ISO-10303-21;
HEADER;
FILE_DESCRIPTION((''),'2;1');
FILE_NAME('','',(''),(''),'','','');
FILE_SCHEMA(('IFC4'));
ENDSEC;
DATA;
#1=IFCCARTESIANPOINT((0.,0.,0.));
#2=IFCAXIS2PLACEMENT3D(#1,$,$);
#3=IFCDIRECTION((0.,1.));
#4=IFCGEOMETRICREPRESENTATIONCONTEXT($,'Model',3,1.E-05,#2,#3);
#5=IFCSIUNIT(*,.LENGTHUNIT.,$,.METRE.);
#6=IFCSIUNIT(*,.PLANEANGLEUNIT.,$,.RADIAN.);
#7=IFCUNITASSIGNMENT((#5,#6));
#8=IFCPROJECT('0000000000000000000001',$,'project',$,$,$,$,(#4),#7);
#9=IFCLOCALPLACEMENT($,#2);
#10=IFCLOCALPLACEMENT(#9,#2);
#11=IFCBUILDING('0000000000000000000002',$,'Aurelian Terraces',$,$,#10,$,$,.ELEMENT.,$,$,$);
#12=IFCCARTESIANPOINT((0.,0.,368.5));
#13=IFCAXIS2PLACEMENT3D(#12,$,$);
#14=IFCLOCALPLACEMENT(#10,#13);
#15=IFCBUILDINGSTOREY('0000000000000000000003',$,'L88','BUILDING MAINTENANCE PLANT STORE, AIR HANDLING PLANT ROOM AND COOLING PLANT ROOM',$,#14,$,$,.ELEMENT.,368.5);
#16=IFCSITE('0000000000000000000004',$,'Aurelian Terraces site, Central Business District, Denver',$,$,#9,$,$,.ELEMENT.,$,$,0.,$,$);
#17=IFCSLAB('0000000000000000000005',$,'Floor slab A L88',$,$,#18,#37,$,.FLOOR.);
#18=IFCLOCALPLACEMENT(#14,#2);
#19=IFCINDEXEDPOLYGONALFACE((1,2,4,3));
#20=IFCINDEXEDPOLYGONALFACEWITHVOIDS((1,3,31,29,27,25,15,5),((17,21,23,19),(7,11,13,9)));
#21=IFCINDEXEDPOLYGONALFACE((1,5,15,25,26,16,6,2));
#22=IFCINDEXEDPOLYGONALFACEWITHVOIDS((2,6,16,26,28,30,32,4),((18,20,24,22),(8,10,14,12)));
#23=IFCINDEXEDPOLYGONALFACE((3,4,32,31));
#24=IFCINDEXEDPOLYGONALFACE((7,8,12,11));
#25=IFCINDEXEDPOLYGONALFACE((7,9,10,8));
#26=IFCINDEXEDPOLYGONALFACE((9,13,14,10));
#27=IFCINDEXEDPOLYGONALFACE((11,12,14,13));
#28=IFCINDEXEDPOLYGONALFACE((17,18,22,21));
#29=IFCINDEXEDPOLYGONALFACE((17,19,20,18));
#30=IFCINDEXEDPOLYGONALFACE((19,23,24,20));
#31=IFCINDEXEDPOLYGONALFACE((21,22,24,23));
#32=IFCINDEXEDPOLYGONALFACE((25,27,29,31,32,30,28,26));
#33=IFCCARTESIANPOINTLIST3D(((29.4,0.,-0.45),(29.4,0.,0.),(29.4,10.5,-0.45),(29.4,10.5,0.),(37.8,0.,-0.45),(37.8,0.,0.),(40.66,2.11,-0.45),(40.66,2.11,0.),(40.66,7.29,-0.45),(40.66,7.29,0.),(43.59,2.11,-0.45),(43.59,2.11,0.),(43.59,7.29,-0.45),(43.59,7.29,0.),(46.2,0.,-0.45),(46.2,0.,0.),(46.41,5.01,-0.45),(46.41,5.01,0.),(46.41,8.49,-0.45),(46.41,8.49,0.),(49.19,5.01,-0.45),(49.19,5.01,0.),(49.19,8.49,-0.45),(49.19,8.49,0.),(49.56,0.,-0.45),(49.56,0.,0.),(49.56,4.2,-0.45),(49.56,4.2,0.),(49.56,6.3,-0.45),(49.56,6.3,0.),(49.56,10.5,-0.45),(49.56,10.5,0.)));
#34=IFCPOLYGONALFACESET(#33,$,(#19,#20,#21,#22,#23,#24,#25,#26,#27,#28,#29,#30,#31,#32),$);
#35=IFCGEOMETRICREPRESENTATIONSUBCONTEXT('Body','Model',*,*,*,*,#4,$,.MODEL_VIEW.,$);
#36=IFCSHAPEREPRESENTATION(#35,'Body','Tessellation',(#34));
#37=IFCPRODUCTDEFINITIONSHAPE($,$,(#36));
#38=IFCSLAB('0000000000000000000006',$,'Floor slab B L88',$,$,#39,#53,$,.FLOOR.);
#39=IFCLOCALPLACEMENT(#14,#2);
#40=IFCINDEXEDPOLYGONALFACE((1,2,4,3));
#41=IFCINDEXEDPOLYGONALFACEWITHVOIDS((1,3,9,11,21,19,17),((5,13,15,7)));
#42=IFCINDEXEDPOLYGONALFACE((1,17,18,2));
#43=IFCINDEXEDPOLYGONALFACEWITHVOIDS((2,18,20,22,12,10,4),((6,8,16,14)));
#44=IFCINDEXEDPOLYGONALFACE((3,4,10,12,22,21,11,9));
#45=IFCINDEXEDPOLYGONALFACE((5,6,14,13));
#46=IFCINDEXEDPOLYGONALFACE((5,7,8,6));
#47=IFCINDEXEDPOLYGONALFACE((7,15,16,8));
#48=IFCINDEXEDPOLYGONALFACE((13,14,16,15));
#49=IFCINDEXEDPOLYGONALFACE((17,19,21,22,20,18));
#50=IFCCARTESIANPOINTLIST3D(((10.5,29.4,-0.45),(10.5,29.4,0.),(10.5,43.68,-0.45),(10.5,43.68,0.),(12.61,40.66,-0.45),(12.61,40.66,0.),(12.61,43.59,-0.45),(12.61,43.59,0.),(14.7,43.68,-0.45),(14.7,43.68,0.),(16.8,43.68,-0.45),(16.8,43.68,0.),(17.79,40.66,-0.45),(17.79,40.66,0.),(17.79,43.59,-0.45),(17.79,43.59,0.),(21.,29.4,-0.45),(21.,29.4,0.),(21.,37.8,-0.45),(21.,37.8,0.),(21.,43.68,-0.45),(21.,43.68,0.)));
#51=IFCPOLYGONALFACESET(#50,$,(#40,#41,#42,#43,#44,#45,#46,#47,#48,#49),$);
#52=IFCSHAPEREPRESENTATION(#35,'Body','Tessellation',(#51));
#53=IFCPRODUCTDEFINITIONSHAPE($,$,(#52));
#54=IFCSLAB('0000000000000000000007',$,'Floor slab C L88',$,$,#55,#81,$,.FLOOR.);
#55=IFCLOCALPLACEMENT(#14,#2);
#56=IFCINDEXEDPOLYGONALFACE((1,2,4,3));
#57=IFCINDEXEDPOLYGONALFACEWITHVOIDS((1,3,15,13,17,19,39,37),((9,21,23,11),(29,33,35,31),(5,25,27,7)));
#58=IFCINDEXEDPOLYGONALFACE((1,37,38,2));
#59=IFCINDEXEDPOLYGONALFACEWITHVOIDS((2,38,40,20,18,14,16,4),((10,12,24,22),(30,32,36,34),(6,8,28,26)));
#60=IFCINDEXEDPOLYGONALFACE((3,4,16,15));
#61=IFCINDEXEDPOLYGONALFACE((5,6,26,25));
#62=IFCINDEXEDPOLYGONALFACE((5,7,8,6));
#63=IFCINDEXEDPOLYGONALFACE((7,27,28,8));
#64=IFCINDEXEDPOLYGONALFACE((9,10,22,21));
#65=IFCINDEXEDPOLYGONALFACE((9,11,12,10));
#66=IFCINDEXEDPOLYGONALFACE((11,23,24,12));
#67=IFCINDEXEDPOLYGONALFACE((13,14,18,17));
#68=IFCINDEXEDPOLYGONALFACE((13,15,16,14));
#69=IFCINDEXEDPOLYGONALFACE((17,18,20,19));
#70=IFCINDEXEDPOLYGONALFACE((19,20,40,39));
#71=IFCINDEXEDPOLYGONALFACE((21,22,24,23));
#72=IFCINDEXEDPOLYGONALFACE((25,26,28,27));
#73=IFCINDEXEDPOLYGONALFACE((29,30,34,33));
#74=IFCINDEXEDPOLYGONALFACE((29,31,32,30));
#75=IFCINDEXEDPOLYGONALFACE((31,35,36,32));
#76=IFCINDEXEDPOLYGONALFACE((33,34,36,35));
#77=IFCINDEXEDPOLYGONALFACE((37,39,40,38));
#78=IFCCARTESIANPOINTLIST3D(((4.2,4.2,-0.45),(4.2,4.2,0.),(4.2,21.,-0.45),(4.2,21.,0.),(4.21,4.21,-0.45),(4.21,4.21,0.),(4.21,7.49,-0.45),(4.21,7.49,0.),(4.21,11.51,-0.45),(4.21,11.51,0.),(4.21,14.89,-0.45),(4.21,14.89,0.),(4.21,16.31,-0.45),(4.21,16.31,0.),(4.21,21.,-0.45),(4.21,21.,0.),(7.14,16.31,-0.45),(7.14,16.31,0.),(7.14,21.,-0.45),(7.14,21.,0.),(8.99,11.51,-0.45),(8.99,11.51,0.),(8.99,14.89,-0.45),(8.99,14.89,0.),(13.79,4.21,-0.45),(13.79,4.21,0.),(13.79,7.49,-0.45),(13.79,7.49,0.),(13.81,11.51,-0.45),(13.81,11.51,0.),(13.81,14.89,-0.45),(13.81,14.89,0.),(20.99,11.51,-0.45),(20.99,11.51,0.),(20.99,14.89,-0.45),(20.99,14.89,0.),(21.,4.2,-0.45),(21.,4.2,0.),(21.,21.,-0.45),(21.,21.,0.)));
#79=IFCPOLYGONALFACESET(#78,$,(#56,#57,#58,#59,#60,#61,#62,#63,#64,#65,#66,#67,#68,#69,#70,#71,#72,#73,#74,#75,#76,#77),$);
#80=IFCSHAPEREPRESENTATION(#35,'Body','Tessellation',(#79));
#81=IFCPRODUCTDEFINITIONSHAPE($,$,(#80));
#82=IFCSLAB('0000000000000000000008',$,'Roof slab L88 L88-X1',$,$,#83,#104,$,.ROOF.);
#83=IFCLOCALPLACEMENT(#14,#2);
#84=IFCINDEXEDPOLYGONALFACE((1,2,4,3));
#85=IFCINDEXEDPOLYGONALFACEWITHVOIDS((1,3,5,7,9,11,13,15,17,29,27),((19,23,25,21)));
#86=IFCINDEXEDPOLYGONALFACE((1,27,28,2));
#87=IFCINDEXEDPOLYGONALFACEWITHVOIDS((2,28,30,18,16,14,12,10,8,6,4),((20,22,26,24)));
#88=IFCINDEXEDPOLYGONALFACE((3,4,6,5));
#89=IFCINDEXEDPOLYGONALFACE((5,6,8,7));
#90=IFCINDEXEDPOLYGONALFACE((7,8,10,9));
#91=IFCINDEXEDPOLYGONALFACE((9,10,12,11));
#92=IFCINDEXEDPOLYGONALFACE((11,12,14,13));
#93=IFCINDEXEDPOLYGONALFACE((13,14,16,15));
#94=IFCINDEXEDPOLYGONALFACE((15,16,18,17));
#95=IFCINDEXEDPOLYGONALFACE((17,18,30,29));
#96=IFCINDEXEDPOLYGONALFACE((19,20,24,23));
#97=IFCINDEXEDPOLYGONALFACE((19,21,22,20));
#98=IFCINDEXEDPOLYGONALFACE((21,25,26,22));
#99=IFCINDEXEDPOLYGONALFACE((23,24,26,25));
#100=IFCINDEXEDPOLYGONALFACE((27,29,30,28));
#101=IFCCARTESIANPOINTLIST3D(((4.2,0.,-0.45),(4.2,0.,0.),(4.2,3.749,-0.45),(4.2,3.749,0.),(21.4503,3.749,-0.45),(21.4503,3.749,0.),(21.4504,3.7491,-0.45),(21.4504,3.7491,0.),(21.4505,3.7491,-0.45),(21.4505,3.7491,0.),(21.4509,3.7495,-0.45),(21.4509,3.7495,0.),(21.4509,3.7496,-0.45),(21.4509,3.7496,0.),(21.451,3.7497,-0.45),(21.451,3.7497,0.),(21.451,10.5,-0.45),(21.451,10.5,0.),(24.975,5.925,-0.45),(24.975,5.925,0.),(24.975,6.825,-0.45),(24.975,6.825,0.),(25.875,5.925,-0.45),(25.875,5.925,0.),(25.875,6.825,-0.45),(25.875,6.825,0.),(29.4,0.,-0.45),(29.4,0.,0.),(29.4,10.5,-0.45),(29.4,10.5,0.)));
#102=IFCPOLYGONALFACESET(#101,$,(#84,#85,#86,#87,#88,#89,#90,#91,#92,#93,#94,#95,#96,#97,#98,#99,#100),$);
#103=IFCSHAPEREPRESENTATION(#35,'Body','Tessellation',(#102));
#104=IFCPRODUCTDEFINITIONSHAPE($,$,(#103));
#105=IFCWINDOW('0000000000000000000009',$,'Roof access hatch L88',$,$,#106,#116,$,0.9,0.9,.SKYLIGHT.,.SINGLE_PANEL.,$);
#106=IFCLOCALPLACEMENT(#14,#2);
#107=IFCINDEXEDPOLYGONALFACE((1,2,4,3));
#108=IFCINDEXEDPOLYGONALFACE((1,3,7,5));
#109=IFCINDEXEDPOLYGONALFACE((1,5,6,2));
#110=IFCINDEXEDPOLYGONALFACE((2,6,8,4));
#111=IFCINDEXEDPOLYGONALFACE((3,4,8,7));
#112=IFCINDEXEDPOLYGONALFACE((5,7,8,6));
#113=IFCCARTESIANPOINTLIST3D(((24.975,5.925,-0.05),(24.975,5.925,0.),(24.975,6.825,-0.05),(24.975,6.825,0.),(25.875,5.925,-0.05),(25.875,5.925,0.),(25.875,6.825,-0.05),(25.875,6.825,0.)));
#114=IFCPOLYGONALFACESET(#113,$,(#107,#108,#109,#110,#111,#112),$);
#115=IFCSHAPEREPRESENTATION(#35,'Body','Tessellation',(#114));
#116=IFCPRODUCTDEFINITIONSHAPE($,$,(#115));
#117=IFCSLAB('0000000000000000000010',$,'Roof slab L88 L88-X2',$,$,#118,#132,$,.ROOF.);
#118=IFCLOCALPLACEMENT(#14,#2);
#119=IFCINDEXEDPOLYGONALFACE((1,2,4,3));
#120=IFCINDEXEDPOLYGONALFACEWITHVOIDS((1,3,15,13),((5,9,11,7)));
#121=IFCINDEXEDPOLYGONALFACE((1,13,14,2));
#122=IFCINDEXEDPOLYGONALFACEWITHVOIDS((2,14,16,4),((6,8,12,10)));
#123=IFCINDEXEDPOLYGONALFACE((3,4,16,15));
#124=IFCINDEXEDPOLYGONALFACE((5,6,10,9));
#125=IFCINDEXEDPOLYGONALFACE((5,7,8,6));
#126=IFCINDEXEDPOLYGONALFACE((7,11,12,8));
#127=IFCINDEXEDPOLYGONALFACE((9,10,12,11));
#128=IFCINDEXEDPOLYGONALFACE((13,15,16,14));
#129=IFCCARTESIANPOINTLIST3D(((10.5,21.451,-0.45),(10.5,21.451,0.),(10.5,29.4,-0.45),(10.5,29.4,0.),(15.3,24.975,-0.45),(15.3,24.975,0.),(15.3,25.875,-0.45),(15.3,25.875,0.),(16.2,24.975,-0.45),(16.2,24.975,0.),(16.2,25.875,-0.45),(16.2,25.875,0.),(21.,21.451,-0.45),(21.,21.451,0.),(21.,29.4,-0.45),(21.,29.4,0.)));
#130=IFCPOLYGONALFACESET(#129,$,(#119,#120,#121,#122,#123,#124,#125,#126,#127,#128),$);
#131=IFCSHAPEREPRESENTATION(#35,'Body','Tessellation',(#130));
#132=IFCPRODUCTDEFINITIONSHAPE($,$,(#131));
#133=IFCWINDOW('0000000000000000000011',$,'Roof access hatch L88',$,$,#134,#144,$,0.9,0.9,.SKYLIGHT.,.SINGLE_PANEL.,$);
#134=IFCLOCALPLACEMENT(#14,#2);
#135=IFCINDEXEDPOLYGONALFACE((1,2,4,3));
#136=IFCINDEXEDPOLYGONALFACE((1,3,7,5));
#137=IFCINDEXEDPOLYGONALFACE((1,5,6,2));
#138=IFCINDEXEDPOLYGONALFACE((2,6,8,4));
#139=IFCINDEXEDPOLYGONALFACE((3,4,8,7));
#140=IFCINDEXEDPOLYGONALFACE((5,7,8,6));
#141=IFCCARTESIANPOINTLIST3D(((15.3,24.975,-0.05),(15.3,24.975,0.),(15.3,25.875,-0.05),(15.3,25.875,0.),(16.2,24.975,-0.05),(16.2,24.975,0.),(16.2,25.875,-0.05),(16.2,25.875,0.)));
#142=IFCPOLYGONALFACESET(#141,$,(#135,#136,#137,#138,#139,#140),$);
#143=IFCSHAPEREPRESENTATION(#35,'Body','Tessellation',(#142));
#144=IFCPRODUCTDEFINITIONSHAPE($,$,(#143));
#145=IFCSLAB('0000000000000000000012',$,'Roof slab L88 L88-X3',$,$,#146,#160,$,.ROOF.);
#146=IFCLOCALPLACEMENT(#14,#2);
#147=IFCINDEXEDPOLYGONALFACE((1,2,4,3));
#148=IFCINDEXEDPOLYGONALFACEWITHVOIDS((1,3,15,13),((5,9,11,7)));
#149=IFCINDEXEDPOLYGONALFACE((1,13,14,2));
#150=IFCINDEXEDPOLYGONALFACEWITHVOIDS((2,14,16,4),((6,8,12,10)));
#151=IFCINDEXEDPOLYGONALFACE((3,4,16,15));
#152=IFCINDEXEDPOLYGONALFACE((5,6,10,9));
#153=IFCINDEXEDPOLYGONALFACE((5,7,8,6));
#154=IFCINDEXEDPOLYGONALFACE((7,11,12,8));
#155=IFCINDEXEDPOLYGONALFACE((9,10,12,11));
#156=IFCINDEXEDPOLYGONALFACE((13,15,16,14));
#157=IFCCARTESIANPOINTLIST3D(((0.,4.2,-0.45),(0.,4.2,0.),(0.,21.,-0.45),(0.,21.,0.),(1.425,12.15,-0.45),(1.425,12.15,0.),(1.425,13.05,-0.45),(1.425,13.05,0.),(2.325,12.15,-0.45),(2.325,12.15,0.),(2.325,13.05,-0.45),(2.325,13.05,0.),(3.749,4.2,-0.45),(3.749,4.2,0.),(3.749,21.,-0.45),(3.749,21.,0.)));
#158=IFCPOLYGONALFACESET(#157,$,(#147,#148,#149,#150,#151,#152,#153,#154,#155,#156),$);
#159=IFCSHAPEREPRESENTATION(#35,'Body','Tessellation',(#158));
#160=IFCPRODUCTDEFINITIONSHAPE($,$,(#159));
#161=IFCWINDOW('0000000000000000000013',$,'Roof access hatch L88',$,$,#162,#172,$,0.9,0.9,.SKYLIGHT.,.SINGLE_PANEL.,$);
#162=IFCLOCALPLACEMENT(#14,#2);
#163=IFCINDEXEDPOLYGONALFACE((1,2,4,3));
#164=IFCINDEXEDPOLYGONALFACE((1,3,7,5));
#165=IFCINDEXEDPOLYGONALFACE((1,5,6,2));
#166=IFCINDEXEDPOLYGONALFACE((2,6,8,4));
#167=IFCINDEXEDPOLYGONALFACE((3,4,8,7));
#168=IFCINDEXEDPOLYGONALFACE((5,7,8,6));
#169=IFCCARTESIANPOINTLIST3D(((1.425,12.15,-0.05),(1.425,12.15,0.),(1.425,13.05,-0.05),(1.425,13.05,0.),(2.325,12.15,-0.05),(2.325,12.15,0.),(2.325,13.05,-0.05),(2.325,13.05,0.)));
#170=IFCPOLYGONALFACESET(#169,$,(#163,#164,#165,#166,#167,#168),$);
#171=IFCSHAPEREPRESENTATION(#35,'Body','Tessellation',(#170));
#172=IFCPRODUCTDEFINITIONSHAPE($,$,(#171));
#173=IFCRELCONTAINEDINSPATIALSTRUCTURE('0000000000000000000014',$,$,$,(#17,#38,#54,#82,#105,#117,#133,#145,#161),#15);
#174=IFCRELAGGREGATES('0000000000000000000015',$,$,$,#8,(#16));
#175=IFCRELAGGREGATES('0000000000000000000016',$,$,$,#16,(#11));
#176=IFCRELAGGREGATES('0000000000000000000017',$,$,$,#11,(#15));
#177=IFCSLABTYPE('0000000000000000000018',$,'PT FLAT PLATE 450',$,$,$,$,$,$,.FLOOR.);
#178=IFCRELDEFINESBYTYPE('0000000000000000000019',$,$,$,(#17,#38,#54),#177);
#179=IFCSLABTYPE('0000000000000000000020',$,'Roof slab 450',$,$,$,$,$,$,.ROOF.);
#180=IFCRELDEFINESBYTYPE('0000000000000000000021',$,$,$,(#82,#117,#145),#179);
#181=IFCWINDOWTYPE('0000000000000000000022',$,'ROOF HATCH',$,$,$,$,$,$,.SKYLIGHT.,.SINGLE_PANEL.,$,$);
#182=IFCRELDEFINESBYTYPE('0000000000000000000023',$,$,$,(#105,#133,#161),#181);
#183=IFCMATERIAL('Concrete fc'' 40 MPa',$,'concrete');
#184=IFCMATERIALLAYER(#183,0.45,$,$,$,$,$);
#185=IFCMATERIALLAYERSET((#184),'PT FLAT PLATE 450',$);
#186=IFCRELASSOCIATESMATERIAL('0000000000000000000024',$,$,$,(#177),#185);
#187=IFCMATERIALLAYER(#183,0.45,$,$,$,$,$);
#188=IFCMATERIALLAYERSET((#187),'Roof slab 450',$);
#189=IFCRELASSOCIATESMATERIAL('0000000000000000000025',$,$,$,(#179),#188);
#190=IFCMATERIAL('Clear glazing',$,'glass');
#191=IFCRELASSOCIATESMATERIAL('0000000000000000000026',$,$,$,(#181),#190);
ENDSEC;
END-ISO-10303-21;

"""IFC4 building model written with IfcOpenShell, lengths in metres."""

from ifc_helpers import new_model, si_unit, direction, frame, origin, origin_2d, place, context, subcontext, project, spatial, polyline, rectangle, outline, extrude, source, transform, mapped, material, layer, layer_set, type_object, element, fill, save


model = new_model("IFC4")

# Units and contexts
model_context = context("Model", 3, precision=1e-05, world=origin(), true_north=direction((0.0, 1.0)))
body_context = subcontext(model_context, "Body", "Model", "MODEL_VIEW")
ifc_project = project(units=[si_unit("LENGTHUNIT", "METRE"), si_unit("PLANEANGLEUNIT", "RADIAN")], contexts=[model_context])

# Site, building, storey
site_placement = place(None, origin())
site = spatial("IfcSite", under=ifc_project, at=site_placement, Name="Aurelian Terraces site, Central Business District, Denver", CompositionType="ELEMENT", RefElevation=0.0)
building_placement = place(site_placement, origin())
building = spatial("IfcBuilding", under=site, at=building_placement, Name="Aurelian Terraces", CompositionType="ELEMENT")
storey_placement = place(building_placement, frame((0.0, 0.0, 368.5)))
storey = spatial("IfcBuildingStorey", under=building, at=storey_placement, Name="L88", Description="BUILDING MAINTENANCE PLANT STORE, AIR HANDLING PLANT ROOM AND COOLING PLANT ROOM", CompositionType="ELEMENT", Elevation=368.5)

# Slabs
ifc_material_1 = material(Name="Concrete fc' 40 MPa", Category="concrete")
ifc_layer_1 = layer(ifc_material_1, 0.45)
ifc_layer_set_1 = layer_set([ifc_layer_1], Name="PT FLAT PLATE 450")
slab_type_1 = type_object("IfcSlabType", Name="PT FLAT PLATE 450", PredefinedType="FLOOR", material=ifc_layer_set_1)
slab_1_placement = place(storey_placement, frame((0.0, 0.0, -0.45)))
element("IfcSlab", 1, at=slab_1_placement, inside=storey, type_object=slab_type_1, Name="Floor slab A L88", PredefinedType="FLOOR", context=body_context, shape_type="SweptSolid", body=[
    extrude(outline(polyline([(37.8, 0.0), (29.4, 0.0), (29.4, 10.5), (49.56, 10.5), (49.56, 6.3), (49.56, 4.2), (49.56, 0.0), (46.2, 0.0), (37.8, 0.0)]), holes=[polyline([(49.19, 8.49), (46.41, 8.49), (46.41, 5.01), (49.19, 5.01), (49.19, 8.49)]), polyline([(40.66, 2.11), (43.59, 2.11), (43.59, 7.29), (40.66, 7.29), (40.66, 2.11)])]), origin(), (0.0, 0.0, 1.0), 0.45),
])
slab_2_placement = place(storey_placement, frame((0.0, 0.0, -0.45)))
element("IfcSlab", 2, at=slab_2_placement, inside=storey, type_object=slab_type_1, Name="Floor slab B L88", PredefinedType="FLOOR", context=body_context, shape_type="SweptSolid", body=[
    extrude(outline(polyline([(14.7, 43.68), (16.8, 43.68), (21.0, 43.68), (21.0, 37.8), (21.0, 29.4), (10.5, 29.4), (10.5, 43.68), (14.7, 43.68)]), holes=[polyline([(17.79, 43.59), (12.61, 43.59), (12.61, 40.66), (17.79, 40.66), (17.79, 43.59)])]), origin(), (0.0, 0.0, 1.0), 0.45),
])
slab_3_placement = place(storey_placement, frame((0.0, 0.0, -0.45)))
element("IfcSlab", 3, at=slab_3_placement, inside=storey, type_object=slab_type_1, Name="Floor slab C L88", PredefinedType="FLOOR", context=body_context, shape_type="SweptSolid", body=[
    extrude(outline(polyline([(21.0, 21.0), (21.0, 4.2), (4.2, 4.2), (4.2, 21.0), (4.21, 21.0), (4.21, 16.31), (7.14, 16.31), (7.14, 21.0), (21.0, 21.0)]), holes=[polyline([(20.99, 14.89), (13.81, 14.89), (13.81, 11.51), (20.99, 11.51), (20.99, 14.89)]), polyline([(4.21, 7.49), (4.21, 4.21), (13.79, 4.21), (13.79, 7.49), (4.21, 7.49)]), polyline([(8.99, 11.51), (8.99, 14.89), (4.21, 14.89), (4.21, 11.51), (8.99, 11.51)])]), origin(), (0.0, 0.0, 1.0), 0.45),
])

# Slabs, openings, windows
ifc_layer_2 = layer(ifc_material_1, 0.45)
ifc_layer_set_2 = layer_set([ifc_layer_2], Name="Roof slab 450")
slab_type_2 = type_object("IfcSlabType", Name="Roof slab 450", PredefinedType="ROOF", material=ifc_layer_set_2)
slab_4_placement = place(storey_placement, frame((0.0, 0.0, -0.45)))
slab_4 = element("IfcSlab", 4, at=slab_4_placement, inside=storey, type_object=slab_type_2, Name="Roof slab L88 L88-X1", PredefinedType="ROOF", context=body_context, shape_type="SweptSolid", body=[
    extrude(outline(polyline([(4.2, 3.749), (21.45, 3.749), (21.4501, 3.749), (21.4502, 3.749), (21.4503, 3.749), (21.4504, 3.7491), (21.4505, 3.7491), (21.4506, 3.7492), (21.4506, 3.7492), (21.4507, 3.7493), (21.4508, 3.7494), (21.4508, 3.7494), (21.4509, 3.7495), (21.4509, 3.7496), (21.451, 3.7497), (21.451, 3.7498), (21.451, 3.7499), (21.451, 3.75), (21.451, 10.5), (29.4, 10.5), (29.4, 0.0), (21.0, 0.0), (4.2, 0.0), (4.2, 3.749)])), origin(), (0.0, 0.0, 1.0), 0.45),
])
opening_1_placement = place(slab_4_placement, frame((25.425, 6.375, 0.0)))
opening_1 = element("IfcOpeningElement", 5, at=opening_1_placement, cuts=slab_4, PredefinedType="OPENING", context=body_context, shape_type="SweptSolid", body=[
    extrude(rectangle(XDim=0.9, YDim=0.9, at=origin_2d()), frame((0.0, 0.0, -0.01)), (0.0, 0.0, 1.0), 0.47),
])
ifc_material_2 = material(Name="Clear glazing", Category="glass")
window_type = type_object("IfcWindowType", Name="ROOF HATCH", PartitioningType="SINGLE_PANEL", PredefinedType="SKYLIGHT", material=ifc_material_2)
shared_shape_1 = source(origin(), body_context, "Body", "SweptSolid", [
    extrude(rectangle(XDim=0.9, YDim=0.9, at=origin_2d()), origin(), (0.0, 0.0, 1.0), 0.05),
])
window_1_placement = place(opening_1_placement, frame((0.0, 0.0, 0.4)))
window_1 = element("IfcWindow", 6, at=window_1_placement, inside=storey, type_object=window_type, Name="Roof access hatch L88", OverallHeight=0.9, OverallWidth=0.9, PartitioningType="SINGLE_PANEL", PredefinedType="SKYLIGHT", context=body_context, shape_type="MappedRepresentation", body=[
    mapped(shared_shape_1, transform((0.0, 0.0, 0.0), scale=1.0)),
])
fill(opening_1, window_1)
slab_5_placement = place(storey_placement, frame((0.0, 0.0, -0.45)))
slab_5 = element("IfcSlab", 7, at=slab_5_placement, inside=storey, type_object=slab_type_2, Name="Roof slab L88 L88-X2", PredefinedType="ROOF", context=body_context, shape_type="SweptSolid", body=[
    extrude(outline(polyline([(21.0, 29.4), (21.0, 21.451), (10.5, 21.451), (10.5, 29.4), (21.0, 29.4)])), origin(), (0.0, 0.0, 1.0), 0.45),
])
shared_shape_2 = source(origin(), body_context, "Body", "SweptSolid", [
    extrude(rectangle(XDim=0.9, YDim=0.9, at=origin_2d()), frame((0.0, 0.0, -0.01)), (0.0, 0.0, 1.0), 0.47),
])
opening_2_placement = place(slab_5_placement, frame((15.75, 25.425, 0.0)))
opening_2 = element("IfcOpeningElement", 8, at=opening_2_placement, cuts=slab_5, PredefinedType="OPENING", context=body_context, shape_type="MappedRepresentation", body=[
    mapped(shared_shape_2, transform((0.0, 0.0, 0.0), scale=1.0)),
])
window_2_placement = place(opening_2_placement, frame((0.0, 0.0, 0.4)))
window_2 = element("IfcWindow", 9, at=window_2_placement, inside=storey, type_object=window_type, Name="Roof access hatch L88", OverallHeight=0.9, OverallWidth=0.9, PartitioningType="SINGLE_PANEL", PredefinedType="SKYLIGHT", context=body_context, shape_type="MappedRepresentation", body=[
    mapped(shared_shape_1, transform((0.0, 0.0, 0.0), scale=1.0)),
])
fill(opening_2, window_2)
slab_6_placement = place(storey_placement, frame((0.0, 0.0, -0.45)))
slab_6 = element("IfcSlab", 10, at=slab_6_placement, inside=storey, type_object=slab_type_2, Name="Roof slab L88 L88-X3", PredefinedType="ROOF", context=body_context, shape_type="SweptSolid", body=[
    extrude(outline(polyline([(0.0, 10.5), (0.0, 21.0), (3.749, 21.0), (3.749, 4.2), (0.0, 4.2), (0.0, 10.5)])), origin(), (0.0, 0.0, 1.0), 0.45),
])
opening_3_placement = place(slab_6_placement, frame((1.875, 12.6, 0.0)))
opening_3 = element("IfcOpeningElement", 11, at=opening_3_placement, cuts=slab_6, PredefinedType="OPENING", context=body_context, shape_type="MappedRepresentation", body=[
    mapped(shared_shape_2, transform((0.0, 0.0, 0.0), scale=1.0)),
])
window_3_placement = place(opening_3_placement, frame((0.0, 0.0, 0.4)))
window_3 = element("IfcWindow", 12, at=window_3_placement, inside=storey, type_object=window_type, Name="Roof access hatch L88", OverallHeight=0.9, OverallWidth=0.9, PartitioningType="SINGLE_PANEL", PredefinedType="SKYLIGHT", context=body_context, shape_type="MappedRepresentation", body=[
    mapped(shared_shape_1, transform((0.0, 0.0, 0.0), scale=1.0)),
])
fill(opening_3, window_3)

save(model, "model.ifc")
